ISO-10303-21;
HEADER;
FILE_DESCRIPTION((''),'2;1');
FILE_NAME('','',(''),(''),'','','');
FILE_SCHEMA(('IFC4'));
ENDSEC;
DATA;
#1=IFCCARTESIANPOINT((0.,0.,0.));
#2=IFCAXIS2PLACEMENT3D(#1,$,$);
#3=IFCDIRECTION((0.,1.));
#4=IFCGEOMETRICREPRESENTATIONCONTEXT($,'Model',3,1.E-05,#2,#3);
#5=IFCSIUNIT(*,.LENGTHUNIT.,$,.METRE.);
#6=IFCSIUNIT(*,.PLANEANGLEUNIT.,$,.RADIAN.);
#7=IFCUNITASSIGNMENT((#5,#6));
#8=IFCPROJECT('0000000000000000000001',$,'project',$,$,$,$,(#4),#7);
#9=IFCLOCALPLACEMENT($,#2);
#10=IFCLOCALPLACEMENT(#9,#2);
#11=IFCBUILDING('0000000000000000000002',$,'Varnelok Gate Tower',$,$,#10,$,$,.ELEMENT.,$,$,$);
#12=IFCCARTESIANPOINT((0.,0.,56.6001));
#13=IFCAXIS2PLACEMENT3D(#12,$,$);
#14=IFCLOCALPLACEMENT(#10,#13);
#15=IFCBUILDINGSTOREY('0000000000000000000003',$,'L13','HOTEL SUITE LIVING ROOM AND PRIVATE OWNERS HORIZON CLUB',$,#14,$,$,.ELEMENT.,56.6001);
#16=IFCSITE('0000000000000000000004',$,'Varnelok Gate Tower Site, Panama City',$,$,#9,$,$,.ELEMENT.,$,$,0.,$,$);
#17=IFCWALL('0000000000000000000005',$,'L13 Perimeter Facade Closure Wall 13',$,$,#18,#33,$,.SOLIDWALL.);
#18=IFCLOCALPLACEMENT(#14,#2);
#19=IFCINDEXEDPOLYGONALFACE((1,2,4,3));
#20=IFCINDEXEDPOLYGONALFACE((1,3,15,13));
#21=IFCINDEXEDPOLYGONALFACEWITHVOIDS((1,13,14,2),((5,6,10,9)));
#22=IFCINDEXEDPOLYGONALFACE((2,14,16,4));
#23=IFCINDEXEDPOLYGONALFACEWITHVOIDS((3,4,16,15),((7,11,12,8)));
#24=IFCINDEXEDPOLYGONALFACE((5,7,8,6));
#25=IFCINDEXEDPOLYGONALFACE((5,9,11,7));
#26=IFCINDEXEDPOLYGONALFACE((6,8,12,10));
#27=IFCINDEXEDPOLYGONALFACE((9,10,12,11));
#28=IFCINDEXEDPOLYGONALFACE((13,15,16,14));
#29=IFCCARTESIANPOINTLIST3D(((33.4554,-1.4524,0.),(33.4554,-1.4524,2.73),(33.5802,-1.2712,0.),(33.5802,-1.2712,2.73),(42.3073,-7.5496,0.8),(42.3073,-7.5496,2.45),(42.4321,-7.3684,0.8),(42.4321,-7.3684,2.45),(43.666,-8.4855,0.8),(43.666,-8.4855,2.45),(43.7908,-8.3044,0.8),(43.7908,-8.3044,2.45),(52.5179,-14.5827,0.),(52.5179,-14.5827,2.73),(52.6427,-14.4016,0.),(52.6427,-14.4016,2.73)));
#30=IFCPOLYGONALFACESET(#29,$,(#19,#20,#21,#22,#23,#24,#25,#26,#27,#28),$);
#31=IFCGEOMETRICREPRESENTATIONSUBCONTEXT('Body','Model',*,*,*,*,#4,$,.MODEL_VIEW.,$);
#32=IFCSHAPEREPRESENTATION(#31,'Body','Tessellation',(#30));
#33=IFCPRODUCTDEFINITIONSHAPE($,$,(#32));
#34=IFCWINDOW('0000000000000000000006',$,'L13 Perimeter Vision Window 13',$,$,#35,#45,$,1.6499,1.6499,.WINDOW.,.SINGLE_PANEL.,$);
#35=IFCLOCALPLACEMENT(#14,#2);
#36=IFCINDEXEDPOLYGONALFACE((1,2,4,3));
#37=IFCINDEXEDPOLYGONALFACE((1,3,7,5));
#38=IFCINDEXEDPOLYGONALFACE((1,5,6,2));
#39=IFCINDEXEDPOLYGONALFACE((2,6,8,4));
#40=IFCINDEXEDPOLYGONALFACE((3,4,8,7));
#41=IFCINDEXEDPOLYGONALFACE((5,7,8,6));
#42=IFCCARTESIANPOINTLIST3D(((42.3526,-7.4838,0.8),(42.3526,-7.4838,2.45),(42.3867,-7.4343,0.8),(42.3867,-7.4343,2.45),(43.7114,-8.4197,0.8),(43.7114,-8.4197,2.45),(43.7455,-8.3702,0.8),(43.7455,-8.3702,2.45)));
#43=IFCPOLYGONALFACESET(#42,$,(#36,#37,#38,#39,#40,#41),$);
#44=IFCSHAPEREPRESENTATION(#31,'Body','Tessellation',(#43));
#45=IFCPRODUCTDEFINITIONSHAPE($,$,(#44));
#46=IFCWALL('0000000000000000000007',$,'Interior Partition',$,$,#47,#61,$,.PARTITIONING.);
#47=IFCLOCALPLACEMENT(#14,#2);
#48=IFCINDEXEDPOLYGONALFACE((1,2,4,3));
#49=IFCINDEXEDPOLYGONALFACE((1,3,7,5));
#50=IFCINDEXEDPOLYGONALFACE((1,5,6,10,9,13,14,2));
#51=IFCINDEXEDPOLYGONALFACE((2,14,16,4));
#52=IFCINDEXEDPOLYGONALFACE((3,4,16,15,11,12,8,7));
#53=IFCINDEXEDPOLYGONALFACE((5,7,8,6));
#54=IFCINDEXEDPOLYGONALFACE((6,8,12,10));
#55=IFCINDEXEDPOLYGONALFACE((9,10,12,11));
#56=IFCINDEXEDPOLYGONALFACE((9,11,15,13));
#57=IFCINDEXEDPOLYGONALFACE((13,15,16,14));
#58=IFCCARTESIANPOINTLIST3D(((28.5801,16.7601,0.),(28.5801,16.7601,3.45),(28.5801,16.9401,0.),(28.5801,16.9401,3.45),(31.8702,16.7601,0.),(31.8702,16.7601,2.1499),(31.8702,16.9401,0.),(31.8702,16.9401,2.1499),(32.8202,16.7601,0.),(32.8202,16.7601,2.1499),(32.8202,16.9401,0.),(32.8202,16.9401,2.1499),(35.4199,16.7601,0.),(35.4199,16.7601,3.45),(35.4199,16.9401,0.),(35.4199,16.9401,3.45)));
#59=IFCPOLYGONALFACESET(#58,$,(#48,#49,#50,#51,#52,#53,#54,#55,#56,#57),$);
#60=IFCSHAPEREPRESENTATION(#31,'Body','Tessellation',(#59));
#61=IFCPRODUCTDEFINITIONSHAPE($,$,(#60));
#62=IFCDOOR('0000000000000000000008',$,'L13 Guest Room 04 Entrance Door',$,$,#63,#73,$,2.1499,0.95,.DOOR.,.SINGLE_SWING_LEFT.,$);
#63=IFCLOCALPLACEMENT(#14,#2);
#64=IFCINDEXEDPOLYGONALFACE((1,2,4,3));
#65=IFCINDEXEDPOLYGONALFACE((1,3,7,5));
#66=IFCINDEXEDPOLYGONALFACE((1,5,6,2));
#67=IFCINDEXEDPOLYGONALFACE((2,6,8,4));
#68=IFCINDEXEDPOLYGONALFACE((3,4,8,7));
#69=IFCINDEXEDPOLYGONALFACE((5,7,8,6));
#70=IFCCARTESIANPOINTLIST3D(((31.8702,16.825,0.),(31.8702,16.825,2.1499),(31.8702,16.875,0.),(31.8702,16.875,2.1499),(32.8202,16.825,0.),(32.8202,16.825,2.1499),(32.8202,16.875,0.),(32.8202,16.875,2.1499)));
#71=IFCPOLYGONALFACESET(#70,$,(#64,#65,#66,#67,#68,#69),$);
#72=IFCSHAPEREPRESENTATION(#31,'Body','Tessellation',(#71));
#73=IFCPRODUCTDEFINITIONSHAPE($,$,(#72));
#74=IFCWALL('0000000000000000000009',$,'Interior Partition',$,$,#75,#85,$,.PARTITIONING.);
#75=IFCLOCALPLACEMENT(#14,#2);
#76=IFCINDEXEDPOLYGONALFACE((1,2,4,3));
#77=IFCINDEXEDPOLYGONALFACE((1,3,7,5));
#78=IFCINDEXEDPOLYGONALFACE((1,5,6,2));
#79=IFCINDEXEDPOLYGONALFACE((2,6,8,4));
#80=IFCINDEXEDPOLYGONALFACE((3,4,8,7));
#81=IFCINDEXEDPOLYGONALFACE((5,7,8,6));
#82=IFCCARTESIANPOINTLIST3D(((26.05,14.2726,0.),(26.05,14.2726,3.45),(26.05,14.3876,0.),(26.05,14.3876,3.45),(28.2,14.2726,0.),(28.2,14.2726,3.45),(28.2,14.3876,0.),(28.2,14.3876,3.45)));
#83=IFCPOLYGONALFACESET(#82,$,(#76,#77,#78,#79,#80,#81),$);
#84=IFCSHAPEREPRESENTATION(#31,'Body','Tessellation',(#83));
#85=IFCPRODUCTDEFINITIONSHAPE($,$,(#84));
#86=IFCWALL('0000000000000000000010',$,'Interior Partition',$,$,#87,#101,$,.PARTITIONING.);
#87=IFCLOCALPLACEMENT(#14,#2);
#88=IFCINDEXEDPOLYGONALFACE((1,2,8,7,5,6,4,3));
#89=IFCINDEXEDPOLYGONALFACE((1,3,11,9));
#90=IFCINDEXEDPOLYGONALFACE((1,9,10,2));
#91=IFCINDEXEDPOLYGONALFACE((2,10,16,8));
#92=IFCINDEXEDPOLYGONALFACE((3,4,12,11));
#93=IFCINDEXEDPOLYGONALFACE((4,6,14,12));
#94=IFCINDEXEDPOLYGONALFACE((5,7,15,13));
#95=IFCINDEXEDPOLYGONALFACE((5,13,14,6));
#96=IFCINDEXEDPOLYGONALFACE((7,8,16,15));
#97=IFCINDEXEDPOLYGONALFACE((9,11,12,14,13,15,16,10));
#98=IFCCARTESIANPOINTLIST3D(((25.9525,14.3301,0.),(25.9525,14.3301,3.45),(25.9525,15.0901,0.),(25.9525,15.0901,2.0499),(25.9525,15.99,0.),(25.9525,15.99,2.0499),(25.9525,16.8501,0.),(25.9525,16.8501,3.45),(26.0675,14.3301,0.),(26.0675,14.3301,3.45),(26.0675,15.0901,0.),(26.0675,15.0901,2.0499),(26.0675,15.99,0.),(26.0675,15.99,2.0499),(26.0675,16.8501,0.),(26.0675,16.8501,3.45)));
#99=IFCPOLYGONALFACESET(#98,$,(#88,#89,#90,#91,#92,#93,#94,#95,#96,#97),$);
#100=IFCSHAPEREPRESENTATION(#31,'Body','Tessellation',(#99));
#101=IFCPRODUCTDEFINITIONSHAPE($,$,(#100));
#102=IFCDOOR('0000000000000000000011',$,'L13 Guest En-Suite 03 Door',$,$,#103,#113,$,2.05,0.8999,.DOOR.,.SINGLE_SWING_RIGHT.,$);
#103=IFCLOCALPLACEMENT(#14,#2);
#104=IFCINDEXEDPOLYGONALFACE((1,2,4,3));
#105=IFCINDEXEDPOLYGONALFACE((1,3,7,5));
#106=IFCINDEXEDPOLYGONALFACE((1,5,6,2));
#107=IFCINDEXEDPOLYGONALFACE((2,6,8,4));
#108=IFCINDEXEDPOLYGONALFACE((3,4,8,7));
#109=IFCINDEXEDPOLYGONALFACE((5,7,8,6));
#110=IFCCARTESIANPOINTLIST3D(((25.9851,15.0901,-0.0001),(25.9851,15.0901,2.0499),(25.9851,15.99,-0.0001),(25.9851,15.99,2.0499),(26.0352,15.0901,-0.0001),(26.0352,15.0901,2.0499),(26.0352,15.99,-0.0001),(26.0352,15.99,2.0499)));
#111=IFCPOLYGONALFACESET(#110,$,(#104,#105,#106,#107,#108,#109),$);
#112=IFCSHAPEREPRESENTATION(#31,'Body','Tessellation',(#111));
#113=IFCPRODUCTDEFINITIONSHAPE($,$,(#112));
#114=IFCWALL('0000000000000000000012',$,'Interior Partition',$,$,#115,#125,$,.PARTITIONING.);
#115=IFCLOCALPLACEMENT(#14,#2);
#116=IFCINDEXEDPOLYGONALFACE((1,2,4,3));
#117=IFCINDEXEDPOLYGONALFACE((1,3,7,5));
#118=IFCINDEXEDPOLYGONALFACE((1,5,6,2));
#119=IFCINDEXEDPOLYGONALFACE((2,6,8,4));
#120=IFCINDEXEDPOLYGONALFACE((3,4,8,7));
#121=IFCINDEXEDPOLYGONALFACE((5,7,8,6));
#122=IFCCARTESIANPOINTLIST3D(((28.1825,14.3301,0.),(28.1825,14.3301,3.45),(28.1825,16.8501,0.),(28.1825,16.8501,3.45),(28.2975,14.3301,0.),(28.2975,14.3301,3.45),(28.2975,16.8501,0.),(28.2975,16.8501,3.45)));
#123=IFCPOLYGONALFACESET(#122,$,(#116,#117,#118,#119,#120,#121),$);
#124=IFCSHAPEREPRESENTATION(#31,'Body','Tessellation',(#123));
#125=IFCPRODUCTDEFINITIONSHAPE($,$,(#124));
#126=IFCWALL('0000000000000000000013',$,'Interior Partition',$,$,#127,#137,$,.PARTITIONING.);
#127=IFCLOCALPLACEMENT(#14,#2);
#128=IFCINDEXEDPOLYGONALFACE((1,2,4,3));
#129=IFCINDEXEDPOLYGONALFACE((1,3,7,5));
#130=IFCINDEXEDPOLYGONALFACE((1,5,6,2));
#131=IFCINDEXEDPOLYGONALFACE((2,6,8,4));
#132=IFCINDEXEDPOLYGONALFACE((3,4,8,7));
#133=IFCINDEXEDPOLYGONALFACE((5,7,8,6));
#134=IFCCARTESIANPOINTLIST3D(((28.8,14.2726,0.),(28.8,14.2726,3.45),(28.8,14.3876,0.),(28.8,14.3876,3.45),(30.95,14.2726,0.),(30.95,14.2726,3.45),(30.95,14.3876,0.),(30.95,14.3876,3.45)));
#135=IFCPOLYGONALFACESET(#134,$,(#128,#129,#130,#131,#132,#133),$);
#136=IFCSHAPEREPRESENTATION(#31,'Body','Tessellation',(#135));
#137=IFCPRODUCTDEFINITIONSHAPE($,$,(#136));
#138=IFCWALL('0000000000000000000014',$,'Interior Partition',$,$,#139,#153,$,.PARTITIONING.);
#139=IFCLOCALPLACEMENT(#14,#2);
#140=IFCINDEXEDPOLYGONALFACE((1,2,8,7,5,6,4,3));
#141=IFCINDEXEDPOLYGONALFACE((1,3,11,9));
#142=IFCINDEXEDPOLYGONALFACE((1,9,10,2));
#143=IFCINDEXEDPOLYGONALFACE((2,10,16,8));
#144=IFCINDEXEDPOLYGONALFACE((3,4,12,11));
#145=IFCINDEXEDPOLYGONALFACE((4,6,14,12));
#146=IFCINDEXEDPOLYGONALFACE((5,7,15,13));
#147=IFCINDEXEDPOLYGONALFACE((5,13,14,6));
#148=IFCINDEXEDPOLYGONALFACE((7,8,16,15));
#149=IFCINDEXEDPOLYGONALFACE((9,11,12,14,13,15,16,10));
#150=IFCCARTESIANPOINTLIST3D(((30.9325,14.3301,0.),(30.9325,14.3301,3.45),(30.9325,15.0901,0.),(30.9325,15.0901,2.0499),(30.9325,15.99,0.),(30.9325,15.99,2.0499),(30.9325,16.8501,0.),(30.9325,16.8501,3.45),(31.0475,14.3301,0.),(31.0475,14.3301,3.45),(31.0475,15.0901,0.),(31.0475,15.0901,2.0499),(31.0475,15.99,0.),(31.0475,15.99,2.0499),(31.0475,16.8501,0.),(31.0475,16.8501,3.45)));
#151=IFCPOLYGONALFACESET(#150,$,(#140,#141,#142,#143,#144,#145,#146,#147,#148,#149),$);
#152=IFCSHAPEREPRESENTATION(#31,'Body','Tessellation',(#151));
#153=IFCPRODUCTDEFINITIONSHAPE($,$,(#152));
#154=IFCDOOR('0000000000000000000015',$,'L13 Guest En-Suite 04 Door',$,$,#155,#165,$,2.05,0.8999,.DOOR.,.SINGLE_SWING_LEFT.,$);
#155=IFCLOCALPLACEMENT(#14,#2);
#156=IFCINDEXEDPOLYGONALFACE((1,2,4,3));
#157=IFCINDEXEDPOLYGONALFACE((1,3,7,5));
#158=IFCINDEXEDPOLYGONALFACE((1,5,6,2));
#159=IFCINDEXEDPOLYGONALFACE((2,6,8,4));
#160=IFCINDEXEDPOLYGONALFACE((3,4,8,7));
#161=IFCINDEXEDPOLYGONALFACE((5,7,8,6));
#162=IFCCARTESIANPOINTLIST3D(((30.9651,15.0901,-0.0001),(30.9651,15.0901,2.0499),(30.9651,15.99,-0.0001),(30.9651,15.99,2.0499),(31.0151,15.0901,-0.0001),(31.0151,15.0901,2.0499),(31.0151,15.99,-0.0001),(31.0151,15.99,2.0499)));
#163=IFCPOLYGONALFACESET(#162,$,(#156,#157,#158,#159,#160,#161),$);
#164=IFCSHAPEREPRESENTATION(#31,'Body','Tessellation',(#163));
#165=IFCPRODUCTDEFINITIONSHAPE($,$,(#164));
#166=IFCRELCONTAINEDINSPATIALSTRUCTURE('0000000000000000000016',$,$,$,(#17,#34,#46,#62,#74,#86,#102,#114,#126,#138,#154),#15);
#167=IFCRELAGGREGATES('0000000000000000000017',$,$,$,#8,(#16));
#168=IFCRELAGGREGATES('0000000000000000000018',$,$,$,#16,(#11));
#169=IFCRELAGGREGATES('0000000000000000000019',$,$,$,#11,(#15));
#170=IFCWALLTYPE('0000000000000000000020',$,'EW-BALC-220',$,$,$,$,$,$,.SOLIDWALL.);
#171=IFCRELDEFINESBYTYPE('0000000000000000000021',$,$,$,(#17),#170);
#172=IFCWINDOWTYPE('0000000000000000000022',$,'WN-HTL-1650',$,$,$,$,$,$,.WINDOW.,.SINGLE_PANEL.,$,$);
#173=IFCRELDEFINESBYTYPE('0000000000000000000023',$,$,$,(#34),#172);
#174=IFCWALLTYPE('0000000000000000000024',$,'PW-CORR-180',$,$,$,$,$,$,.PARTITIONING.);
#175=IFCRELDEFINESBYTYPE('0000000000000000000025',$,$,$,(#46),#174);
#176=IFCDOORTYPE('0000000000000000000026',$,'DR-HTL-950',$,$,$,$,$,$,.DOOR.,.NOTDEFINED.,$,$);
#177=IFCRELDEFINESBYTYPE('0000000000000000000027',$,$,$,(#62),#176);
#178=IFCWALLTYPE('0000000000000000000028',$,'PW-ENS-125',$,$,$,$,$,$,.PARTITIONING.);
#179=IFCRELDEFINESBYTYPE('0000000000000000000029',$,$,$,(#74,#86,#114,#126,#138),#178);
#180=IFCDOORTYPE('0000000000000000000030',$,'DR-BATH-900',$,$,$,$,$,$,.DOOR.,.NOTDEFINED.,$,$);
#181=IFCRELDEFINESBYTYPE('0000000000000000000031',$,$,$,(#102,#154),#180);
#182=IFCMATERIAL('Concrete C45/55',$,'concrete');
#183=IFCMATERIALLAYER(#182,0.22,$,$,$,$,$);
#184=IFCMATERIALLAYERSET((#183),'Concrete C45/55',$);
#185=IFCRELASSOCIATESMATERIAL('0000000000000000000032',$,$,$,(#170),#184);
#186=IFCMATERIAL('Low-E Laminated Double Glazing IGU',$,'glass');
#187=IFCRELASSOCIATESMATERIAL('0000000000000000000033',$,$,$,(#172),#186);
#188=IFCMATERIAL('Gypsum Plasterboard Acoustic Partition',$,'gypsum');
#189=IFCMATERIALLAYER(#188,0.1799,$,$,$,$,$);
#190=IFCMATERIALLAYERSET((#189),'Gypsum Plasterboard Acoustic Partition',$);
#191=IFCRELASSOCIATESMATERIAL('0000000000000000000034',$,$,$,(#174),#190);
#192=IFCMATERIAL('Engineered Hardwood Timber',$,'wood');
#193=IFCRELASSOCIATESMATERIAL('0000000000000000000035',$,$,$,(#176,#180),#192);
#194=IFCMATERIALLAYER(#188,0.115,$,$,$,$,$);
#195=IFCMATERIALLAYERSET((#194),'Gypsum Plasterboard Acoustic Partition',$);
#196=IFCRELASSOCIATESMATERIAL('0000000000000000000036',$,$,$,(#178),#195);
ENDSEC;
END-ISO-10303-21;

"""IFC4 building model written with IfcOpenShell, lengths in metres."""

from ifc_helpers import new_model, si_unit, direction, frame, frame_2d, origin, place, context, subcontext, project, spatial, rectangle, extrude, material, layer, layer_set, type_object, element, fill, save


model = new_model("IFC4")

# Units and contexts
model_context = context("Model", 3, precision=1e-05, world=origin(), true_north=direction((0.0, 1.0)))
body_context = subcontext(model_context, "Body", "Model", "MODEL_VIEW")
ifc_project = project(units=[si_unit("LENGTHUNIT", "METRE"), si_unit("PLANEANGLEUNIT", "RADIAN")], contexts=[model_context])

# Site, building, storey
site_placement = place(None, origin())
site = spatial("IfcSite", under=ifc_project, at=site_placement, Name="Varnelok Gate Tower Site, Panama City", CompositionType="ELEMENT", RefElevation=0.0)
building_placement = place(site_placement, origin())
building = spatial("IfcBuilding", under=site, at=building_placement, Name="Varnelok Gate Tower", CompositionType="ELEMENT")
storey_placement = place(building_placement, frame((0.0, 0.0, 56.6001)))
storey = spatial("IfcBuildingStorey", under=building, at=storey_placement, Name="L13", Description="HOTEL SUITE LIVING ROOM AND PRIVATE OWNERS HORIZON CLUB", CompositionType="ELEMENT", Elevation=56.6001)

# Shared definitions
ifc_material_1 = material(Name="Concrete C45/55", Category="concrete")
ifc_layer_1 = layer(ifc_material_1, 0.22)
ifc_layer_set_1 = layer_set([ifc_layer_1], Name="Concrete C45/55")
wall_type_1 = type_object("IfcWallType", Name="EW-BALC-220", PredefinedType="SOLIDWALL", material=ifc_layer_set_1)
ifc_material_2 = material(Name="Low-E Laminated Double Glazing IGU", Category="glass")
window_type = type_object("IfcWindowType", Name="WN-HTL-1650", PartitioningType="SINGLE_PANEL", PredefinedType="WINDOW", material=ifc_material_2)

# Wall, opening, window
wall_1_placement = place(storey_placement, frame((33.5178, -1.3618, 0.0), z_axis=(0.0, 0.0, 1.0), x_axis=(0.823539, -0.567259, 0.0)))
wall_1 = element("IfcWall", 1, at=wall_1_placement, inside=storey, type_object=wall_type_1, Name="L13 Perimeter Facade Closure Wall 13", PredefinedType="SOLIDWALL", context=body_context, shape_type="SweptSolid", body=[
    extrude(rectangle(XDim=23.147, YDim=0.22, at=frame_2d((11.5735, 0.0))), origin(), (0.0, 0.0, 1.0), 2.73),
])
opening_1_placement = place(wall_1_placement, frame((10.7485, 0.0, 0.8)))
opening_1 = element("IfcOpeningElement", 2, at=opening_1_placement, cuts=wall_1, PredefinedType="OPENING", context=body_context, shape_type="SweptSolid", body=[
    extrude(rectangle(XDim=1.6499, YDim=1.6499, at=frame_2d((0.825, 0.825))), frame((0.0, 0.1199, 0.0), z_axis=(0.0, -1.0, 0.0), x_axis=(1.0, 0.0, 0.0)), (0.0, 0.0, 1.0), 0.24),
])
window_1_placement = place(opening_1_placement, origin())
window_1 = element("IfcWindow", 3, at=window_1_placement, inside=storey, type_object=window_type, Name="L13 Perimeter Vision Window 13", OverallHeight=1.6499, OverallWidth=1.6499, PartitioningType="SINGLE_PANEL", PredefinedType="WINDOW", context=body_context, shape_type="SweptSolid", body=[
    extrude(rectangle(XDim=1.6499, YDim=1.6499, at=frame_2d((0.825, 0.825))), frame((0.0, 0.03, 0.0), z_axis=(0.0, -1.0, 0.0), x_axis=(1.0, 0.0, 0.0)), (0.0, 0.0, 1.0), 0.0601),
])
fill(opening_1, window_1)

# Wall, opening, door
ifc_material_3 = material(Name="Gypsum Plasterboard Acoustic Partition", Category="gypsum")
ifc_layer_2 = layer(ifc_material_3, 0.1799)
ifc_layer_set_2 = layer_set([ifc_layer_2], Name="Gypsum Plasterboard Acoustic Partition")
wall_type_2 = type_object("IfcWallType", Name="PW-CORR-180", PredefinedType="PARTITIONING", material=ifc_layer_set_2)
wall_2_placement = place(storey_placement, frame((28.5801, 16.8501, 0.0), z_axis=(0.0, 0.0, 1.0), x_axis=(1.0, 0.0, 0.0)))
wall_2 = element("IfcWall", 4, at=wall_2_placement, inside=storey, type_object=wall_type_2, Name="Interior Partition", PredefinedType="PARTITIONING", context=body_context, shape_type="SweptSolid", body=[
    extrude(rectangle(XDim=6.8398, YDim=0.1799, at=frame_2d((3.4199, 0.0))), origin(), (0.0, 0.0, 1.0), 3.45),
])
opening_2_placement = place(wall_2_placement, frame((3.29, 0.0, 0.0)))
opening_2 = element("IfcOpeningElement", 5, at=opening_2_placement, cuts=wall_2, PredefinedType="OPENING", context=body_context, shape_type="SweptSolid", body=[
    extrude(rectangle(XDim=0.95, YDim=2.1499, at=frame_2d((0.4751, 1.075))), frame((0.0, 0.0999, 0.0), z_axis=(0.0, -1.0, 0.0), x_axis=(1.0, 0.0, 0.0)), (0.0, 0.0, 1.0), 0.2),
])
ifc_material_4 = material(Name="Engineered Hardwood Timber", Category="wood")
door_type_1 = type_object("IfcDoorType", Name="DR-HTL-950", OperationType="NOTDEFINED", PredefinedType="DOOR", material=ifc_material_4)
door_1_placement = place(opening_2_placement, origin())
door_1 = element("IfcDoor", 6, at=door_1_placement, inside=storey, type_object=door_type_1, Name="L13 Guest Room 04 Entrance Door", OperationType="SINGLE_SWING_LEFT", OverallHeight=2.1499, OverallWidth=0.95, PredefinedType="DOOR", context=body_context, shape_type="SweptSolid", body=[
    extrude(rectangle(XDim=0.95, YDim=2.1499, at=frame_2d((0.4751, 1.075))), frame((0.0, 0.0249, 0.0), z_axis=(0.0, -1.0, 0.0), x_axis=(1.0, 0.0, 0.0)), (0.0, 0.0, 1.0), 0.05),
])
fill(opening_2, door_1)

# Wall
ifc_layer_3 = layer(ifc_material_3, 0.115)
ifc_layer_set_3 = layer_set([ifc_layer_3], Name="Gypsum Plasterboard Acoustic Partition")
wall_type_3 = type_object("IfcWallType", Name="PW-ENS-125", PredefinedType="PARTITIONING", material=ifc_layer_set_3)
wall_3_placement = place(storey_placement, frame((26.05, 14.3301, 0.0), z_axis=(0.0, 0.0, 1.0), x_axis=(1.0, 0.0, 0.0)))
element("IfcWall", 7, at=wall_3_placement, inside=storey, type_object=wall_type_3, Name="Interior Partition", PredefinedType="PARTITIONING", context=body_context, shape_type="SweptSolid", body=[
    extrude(rectangle(XDim=2.1499, YDim=0.115, at=frame_2d((1.075, 0.0))), origin(), (0.0, 0.0, 1.0), 3.45),
])

# Wall, opening, door
wall_4_placement = place(storey_placement, frame((26.01, 14.3301, 0.0), z_axis=(0.0, 0.0, 1.0), x_axis=(0.0, 1.0, 0.0)))
wall_4 = element("IfcWall", 8, at=wall_4_placement, inside=storey, type_object=wall_type_3, Name="Interior Partition", PredefinedType="PARTITIONING", context=body_context, shape_type="SweptSolid", body=[
    extrude(rectangle(XDim=2.52, YDim=0.115, at=frame_2d((1.26, 0.0))), origin(), (0.0, 0.0, 1.0), 3.45),
])
opening_3_placement = place(wall_4_placement, frame((0.76, 0.0, 0.0)))
opening_3 = element("IfcOpeningElement", 9, at=opening_3_placement, cuts=wall_4, PredefinedType="OPENING", context=body_context, shape_type="SweptSolid", body=[
    extrude(rectangle(XDim=0.8999, YDim=2.05, at=frame_2d((0.45, 1.0249))), frame((0.0, 0.0674, 0.0), z_axis=(0.0, -1.0, 0.0), x_axis=(1.0, 0.0, 0.0)), (0.0, 0.0, 1.0), 0.135),
])
door_type_2 = type_object("IfcDoorType", Name="DR-BATH-900", OperationType="NOTDEFINED", PredefinedType="DOOR", material=ifc_material_4)
door_2_placement = place(opening_3_placement, origin())
door_2 = element("IfcDoor", 10, at=door_2_placement, inside=storey, type_object=door_type_2, Name="L13 Guest En-Suite 03 Door", OperationType="SINGLE_SWING_RIGHT", OverallHeight=2.05, OverallWidth=0.8999, PredefinedType="DOOR", context=body_context, shape_type="SweptSolid", body=[
    extrude(rectangle(XDim=0.8999, YDim=2.05, at=frame_2d((0.45, 1.0249))), frame((0.0, 0.0249, 0.0), z_axis=(0.0, -1.0, 0.0), x_axis=(1.0, 0.0, 0.0)), (0.0, 0.0, 1.0), 0.05),
])
fill(opening_3, door_2)

# Walls
wall_5_placement = place(storey_placement, frame((28.24, 14.3301, 0.0), z_axis=(0.0, 0.0, 1.0), x_axis=(0.0, 1.0, 0.0)))
element("IfcWall", 11, at=wall_5_placement, inside=storey, type_object=wall_type_3, Name="Interior Partition", PredefinedType="PARTITIONING", context=body_context, shape_type="SweptSolid", body=[
    extrude(rectangle(XDim=2.52, YDim=0.115, at=frame_2d((1.26, 0.0))), origin(), (0.0, 0.0, 1.0), 3.45),
])
wall_6_placement = place(storey_placement, frame((28.8, 14.3301, 0.0), z_axis=(0.0, 0.0, 1.0), x_axis=(1.0, 0.0, 0.0)))
element("IfcWall", 12, at=wall_6_placement, inside=storey, type_object=wall_type_3, Name="Interior Partition", PredefinedType="PARTITIONING", context=body_context, shape_type="SweptSolid", body=[
    extrude(rectangle(XDim=2.1499, YDim=0.115, at=frame_2d((1.075, 0.0))), origin(), (0.0, 0.0, 1.0), 3.45),
])

# Wall, opening, door
wall_7_placement = place(storey_placement, frame((30.99, 14.3301, 0.0), z_axis=(0.0, 0.0, 1.0), x_axis=(0.0, 1.0, 0.0)))
wall_7 = element("IfcWall", 13, at=wall_7_placement, inside=storey, type_object=wall_type_3, Name="Interior Partition", PredefinedType="PARTITIONING", context=body_context, shape_type="SweptSolid", body=[
    extrude(rectangle(XDim=2.52, YDim=0.115, at=frame_2d((1.26, 0.0))), origin(), (0.0, 0.0, 1.0), 3.45),
])
opening_4_placement = place(wall_7_placement, frame((0.76, 0.0, 0.0)))
opening_4 = element("IfcOpeningElement", 14, at=opening_4_placement, cuts=wall_7, PredefinedType="OPENING", context=body_context, shape_type="SweptSolid", body=[
    extrude(rectangle(XDim=0.8999, YDim=2.05, at=frame_2d((0.45, 1.0249))), frame((0.0, 0.0674, 0.0), z_axis=(0.0, -1.0, 0.0), x_axis=(1.0, 0.0, 0.0)), (0.0, 0.0, 1.0), 0.135),
])
door_3_placement = place(opening_4_placement, origin())
door_3 = element("IfcDoor", 15, at=door_3_placement, inside=storey, type_object=door_type_2, Name="L13 Guest En-Suite 04 Door", OperationType="SINGLE_SWING_LEFT", OverallHeight=2.05, OverallWidth=0.8999, PredefinedType="DOOR", context=body_context, shape_type="SweptSolid", body=[
    extrude(rectangle(XDim=0.8999, YDim=2.05, at=frame_2d((0.45, 1.0249))), frame((0.0, 0.0249, 0.0), z_axis=(0.0, -1.0, 0.0), x_axis=(1.0, 0.0, 0.0)), (0.0, 0.0, 1.0), 0.05),
])
fill(opening_4, door_3)

save(model, "model.ifc")
